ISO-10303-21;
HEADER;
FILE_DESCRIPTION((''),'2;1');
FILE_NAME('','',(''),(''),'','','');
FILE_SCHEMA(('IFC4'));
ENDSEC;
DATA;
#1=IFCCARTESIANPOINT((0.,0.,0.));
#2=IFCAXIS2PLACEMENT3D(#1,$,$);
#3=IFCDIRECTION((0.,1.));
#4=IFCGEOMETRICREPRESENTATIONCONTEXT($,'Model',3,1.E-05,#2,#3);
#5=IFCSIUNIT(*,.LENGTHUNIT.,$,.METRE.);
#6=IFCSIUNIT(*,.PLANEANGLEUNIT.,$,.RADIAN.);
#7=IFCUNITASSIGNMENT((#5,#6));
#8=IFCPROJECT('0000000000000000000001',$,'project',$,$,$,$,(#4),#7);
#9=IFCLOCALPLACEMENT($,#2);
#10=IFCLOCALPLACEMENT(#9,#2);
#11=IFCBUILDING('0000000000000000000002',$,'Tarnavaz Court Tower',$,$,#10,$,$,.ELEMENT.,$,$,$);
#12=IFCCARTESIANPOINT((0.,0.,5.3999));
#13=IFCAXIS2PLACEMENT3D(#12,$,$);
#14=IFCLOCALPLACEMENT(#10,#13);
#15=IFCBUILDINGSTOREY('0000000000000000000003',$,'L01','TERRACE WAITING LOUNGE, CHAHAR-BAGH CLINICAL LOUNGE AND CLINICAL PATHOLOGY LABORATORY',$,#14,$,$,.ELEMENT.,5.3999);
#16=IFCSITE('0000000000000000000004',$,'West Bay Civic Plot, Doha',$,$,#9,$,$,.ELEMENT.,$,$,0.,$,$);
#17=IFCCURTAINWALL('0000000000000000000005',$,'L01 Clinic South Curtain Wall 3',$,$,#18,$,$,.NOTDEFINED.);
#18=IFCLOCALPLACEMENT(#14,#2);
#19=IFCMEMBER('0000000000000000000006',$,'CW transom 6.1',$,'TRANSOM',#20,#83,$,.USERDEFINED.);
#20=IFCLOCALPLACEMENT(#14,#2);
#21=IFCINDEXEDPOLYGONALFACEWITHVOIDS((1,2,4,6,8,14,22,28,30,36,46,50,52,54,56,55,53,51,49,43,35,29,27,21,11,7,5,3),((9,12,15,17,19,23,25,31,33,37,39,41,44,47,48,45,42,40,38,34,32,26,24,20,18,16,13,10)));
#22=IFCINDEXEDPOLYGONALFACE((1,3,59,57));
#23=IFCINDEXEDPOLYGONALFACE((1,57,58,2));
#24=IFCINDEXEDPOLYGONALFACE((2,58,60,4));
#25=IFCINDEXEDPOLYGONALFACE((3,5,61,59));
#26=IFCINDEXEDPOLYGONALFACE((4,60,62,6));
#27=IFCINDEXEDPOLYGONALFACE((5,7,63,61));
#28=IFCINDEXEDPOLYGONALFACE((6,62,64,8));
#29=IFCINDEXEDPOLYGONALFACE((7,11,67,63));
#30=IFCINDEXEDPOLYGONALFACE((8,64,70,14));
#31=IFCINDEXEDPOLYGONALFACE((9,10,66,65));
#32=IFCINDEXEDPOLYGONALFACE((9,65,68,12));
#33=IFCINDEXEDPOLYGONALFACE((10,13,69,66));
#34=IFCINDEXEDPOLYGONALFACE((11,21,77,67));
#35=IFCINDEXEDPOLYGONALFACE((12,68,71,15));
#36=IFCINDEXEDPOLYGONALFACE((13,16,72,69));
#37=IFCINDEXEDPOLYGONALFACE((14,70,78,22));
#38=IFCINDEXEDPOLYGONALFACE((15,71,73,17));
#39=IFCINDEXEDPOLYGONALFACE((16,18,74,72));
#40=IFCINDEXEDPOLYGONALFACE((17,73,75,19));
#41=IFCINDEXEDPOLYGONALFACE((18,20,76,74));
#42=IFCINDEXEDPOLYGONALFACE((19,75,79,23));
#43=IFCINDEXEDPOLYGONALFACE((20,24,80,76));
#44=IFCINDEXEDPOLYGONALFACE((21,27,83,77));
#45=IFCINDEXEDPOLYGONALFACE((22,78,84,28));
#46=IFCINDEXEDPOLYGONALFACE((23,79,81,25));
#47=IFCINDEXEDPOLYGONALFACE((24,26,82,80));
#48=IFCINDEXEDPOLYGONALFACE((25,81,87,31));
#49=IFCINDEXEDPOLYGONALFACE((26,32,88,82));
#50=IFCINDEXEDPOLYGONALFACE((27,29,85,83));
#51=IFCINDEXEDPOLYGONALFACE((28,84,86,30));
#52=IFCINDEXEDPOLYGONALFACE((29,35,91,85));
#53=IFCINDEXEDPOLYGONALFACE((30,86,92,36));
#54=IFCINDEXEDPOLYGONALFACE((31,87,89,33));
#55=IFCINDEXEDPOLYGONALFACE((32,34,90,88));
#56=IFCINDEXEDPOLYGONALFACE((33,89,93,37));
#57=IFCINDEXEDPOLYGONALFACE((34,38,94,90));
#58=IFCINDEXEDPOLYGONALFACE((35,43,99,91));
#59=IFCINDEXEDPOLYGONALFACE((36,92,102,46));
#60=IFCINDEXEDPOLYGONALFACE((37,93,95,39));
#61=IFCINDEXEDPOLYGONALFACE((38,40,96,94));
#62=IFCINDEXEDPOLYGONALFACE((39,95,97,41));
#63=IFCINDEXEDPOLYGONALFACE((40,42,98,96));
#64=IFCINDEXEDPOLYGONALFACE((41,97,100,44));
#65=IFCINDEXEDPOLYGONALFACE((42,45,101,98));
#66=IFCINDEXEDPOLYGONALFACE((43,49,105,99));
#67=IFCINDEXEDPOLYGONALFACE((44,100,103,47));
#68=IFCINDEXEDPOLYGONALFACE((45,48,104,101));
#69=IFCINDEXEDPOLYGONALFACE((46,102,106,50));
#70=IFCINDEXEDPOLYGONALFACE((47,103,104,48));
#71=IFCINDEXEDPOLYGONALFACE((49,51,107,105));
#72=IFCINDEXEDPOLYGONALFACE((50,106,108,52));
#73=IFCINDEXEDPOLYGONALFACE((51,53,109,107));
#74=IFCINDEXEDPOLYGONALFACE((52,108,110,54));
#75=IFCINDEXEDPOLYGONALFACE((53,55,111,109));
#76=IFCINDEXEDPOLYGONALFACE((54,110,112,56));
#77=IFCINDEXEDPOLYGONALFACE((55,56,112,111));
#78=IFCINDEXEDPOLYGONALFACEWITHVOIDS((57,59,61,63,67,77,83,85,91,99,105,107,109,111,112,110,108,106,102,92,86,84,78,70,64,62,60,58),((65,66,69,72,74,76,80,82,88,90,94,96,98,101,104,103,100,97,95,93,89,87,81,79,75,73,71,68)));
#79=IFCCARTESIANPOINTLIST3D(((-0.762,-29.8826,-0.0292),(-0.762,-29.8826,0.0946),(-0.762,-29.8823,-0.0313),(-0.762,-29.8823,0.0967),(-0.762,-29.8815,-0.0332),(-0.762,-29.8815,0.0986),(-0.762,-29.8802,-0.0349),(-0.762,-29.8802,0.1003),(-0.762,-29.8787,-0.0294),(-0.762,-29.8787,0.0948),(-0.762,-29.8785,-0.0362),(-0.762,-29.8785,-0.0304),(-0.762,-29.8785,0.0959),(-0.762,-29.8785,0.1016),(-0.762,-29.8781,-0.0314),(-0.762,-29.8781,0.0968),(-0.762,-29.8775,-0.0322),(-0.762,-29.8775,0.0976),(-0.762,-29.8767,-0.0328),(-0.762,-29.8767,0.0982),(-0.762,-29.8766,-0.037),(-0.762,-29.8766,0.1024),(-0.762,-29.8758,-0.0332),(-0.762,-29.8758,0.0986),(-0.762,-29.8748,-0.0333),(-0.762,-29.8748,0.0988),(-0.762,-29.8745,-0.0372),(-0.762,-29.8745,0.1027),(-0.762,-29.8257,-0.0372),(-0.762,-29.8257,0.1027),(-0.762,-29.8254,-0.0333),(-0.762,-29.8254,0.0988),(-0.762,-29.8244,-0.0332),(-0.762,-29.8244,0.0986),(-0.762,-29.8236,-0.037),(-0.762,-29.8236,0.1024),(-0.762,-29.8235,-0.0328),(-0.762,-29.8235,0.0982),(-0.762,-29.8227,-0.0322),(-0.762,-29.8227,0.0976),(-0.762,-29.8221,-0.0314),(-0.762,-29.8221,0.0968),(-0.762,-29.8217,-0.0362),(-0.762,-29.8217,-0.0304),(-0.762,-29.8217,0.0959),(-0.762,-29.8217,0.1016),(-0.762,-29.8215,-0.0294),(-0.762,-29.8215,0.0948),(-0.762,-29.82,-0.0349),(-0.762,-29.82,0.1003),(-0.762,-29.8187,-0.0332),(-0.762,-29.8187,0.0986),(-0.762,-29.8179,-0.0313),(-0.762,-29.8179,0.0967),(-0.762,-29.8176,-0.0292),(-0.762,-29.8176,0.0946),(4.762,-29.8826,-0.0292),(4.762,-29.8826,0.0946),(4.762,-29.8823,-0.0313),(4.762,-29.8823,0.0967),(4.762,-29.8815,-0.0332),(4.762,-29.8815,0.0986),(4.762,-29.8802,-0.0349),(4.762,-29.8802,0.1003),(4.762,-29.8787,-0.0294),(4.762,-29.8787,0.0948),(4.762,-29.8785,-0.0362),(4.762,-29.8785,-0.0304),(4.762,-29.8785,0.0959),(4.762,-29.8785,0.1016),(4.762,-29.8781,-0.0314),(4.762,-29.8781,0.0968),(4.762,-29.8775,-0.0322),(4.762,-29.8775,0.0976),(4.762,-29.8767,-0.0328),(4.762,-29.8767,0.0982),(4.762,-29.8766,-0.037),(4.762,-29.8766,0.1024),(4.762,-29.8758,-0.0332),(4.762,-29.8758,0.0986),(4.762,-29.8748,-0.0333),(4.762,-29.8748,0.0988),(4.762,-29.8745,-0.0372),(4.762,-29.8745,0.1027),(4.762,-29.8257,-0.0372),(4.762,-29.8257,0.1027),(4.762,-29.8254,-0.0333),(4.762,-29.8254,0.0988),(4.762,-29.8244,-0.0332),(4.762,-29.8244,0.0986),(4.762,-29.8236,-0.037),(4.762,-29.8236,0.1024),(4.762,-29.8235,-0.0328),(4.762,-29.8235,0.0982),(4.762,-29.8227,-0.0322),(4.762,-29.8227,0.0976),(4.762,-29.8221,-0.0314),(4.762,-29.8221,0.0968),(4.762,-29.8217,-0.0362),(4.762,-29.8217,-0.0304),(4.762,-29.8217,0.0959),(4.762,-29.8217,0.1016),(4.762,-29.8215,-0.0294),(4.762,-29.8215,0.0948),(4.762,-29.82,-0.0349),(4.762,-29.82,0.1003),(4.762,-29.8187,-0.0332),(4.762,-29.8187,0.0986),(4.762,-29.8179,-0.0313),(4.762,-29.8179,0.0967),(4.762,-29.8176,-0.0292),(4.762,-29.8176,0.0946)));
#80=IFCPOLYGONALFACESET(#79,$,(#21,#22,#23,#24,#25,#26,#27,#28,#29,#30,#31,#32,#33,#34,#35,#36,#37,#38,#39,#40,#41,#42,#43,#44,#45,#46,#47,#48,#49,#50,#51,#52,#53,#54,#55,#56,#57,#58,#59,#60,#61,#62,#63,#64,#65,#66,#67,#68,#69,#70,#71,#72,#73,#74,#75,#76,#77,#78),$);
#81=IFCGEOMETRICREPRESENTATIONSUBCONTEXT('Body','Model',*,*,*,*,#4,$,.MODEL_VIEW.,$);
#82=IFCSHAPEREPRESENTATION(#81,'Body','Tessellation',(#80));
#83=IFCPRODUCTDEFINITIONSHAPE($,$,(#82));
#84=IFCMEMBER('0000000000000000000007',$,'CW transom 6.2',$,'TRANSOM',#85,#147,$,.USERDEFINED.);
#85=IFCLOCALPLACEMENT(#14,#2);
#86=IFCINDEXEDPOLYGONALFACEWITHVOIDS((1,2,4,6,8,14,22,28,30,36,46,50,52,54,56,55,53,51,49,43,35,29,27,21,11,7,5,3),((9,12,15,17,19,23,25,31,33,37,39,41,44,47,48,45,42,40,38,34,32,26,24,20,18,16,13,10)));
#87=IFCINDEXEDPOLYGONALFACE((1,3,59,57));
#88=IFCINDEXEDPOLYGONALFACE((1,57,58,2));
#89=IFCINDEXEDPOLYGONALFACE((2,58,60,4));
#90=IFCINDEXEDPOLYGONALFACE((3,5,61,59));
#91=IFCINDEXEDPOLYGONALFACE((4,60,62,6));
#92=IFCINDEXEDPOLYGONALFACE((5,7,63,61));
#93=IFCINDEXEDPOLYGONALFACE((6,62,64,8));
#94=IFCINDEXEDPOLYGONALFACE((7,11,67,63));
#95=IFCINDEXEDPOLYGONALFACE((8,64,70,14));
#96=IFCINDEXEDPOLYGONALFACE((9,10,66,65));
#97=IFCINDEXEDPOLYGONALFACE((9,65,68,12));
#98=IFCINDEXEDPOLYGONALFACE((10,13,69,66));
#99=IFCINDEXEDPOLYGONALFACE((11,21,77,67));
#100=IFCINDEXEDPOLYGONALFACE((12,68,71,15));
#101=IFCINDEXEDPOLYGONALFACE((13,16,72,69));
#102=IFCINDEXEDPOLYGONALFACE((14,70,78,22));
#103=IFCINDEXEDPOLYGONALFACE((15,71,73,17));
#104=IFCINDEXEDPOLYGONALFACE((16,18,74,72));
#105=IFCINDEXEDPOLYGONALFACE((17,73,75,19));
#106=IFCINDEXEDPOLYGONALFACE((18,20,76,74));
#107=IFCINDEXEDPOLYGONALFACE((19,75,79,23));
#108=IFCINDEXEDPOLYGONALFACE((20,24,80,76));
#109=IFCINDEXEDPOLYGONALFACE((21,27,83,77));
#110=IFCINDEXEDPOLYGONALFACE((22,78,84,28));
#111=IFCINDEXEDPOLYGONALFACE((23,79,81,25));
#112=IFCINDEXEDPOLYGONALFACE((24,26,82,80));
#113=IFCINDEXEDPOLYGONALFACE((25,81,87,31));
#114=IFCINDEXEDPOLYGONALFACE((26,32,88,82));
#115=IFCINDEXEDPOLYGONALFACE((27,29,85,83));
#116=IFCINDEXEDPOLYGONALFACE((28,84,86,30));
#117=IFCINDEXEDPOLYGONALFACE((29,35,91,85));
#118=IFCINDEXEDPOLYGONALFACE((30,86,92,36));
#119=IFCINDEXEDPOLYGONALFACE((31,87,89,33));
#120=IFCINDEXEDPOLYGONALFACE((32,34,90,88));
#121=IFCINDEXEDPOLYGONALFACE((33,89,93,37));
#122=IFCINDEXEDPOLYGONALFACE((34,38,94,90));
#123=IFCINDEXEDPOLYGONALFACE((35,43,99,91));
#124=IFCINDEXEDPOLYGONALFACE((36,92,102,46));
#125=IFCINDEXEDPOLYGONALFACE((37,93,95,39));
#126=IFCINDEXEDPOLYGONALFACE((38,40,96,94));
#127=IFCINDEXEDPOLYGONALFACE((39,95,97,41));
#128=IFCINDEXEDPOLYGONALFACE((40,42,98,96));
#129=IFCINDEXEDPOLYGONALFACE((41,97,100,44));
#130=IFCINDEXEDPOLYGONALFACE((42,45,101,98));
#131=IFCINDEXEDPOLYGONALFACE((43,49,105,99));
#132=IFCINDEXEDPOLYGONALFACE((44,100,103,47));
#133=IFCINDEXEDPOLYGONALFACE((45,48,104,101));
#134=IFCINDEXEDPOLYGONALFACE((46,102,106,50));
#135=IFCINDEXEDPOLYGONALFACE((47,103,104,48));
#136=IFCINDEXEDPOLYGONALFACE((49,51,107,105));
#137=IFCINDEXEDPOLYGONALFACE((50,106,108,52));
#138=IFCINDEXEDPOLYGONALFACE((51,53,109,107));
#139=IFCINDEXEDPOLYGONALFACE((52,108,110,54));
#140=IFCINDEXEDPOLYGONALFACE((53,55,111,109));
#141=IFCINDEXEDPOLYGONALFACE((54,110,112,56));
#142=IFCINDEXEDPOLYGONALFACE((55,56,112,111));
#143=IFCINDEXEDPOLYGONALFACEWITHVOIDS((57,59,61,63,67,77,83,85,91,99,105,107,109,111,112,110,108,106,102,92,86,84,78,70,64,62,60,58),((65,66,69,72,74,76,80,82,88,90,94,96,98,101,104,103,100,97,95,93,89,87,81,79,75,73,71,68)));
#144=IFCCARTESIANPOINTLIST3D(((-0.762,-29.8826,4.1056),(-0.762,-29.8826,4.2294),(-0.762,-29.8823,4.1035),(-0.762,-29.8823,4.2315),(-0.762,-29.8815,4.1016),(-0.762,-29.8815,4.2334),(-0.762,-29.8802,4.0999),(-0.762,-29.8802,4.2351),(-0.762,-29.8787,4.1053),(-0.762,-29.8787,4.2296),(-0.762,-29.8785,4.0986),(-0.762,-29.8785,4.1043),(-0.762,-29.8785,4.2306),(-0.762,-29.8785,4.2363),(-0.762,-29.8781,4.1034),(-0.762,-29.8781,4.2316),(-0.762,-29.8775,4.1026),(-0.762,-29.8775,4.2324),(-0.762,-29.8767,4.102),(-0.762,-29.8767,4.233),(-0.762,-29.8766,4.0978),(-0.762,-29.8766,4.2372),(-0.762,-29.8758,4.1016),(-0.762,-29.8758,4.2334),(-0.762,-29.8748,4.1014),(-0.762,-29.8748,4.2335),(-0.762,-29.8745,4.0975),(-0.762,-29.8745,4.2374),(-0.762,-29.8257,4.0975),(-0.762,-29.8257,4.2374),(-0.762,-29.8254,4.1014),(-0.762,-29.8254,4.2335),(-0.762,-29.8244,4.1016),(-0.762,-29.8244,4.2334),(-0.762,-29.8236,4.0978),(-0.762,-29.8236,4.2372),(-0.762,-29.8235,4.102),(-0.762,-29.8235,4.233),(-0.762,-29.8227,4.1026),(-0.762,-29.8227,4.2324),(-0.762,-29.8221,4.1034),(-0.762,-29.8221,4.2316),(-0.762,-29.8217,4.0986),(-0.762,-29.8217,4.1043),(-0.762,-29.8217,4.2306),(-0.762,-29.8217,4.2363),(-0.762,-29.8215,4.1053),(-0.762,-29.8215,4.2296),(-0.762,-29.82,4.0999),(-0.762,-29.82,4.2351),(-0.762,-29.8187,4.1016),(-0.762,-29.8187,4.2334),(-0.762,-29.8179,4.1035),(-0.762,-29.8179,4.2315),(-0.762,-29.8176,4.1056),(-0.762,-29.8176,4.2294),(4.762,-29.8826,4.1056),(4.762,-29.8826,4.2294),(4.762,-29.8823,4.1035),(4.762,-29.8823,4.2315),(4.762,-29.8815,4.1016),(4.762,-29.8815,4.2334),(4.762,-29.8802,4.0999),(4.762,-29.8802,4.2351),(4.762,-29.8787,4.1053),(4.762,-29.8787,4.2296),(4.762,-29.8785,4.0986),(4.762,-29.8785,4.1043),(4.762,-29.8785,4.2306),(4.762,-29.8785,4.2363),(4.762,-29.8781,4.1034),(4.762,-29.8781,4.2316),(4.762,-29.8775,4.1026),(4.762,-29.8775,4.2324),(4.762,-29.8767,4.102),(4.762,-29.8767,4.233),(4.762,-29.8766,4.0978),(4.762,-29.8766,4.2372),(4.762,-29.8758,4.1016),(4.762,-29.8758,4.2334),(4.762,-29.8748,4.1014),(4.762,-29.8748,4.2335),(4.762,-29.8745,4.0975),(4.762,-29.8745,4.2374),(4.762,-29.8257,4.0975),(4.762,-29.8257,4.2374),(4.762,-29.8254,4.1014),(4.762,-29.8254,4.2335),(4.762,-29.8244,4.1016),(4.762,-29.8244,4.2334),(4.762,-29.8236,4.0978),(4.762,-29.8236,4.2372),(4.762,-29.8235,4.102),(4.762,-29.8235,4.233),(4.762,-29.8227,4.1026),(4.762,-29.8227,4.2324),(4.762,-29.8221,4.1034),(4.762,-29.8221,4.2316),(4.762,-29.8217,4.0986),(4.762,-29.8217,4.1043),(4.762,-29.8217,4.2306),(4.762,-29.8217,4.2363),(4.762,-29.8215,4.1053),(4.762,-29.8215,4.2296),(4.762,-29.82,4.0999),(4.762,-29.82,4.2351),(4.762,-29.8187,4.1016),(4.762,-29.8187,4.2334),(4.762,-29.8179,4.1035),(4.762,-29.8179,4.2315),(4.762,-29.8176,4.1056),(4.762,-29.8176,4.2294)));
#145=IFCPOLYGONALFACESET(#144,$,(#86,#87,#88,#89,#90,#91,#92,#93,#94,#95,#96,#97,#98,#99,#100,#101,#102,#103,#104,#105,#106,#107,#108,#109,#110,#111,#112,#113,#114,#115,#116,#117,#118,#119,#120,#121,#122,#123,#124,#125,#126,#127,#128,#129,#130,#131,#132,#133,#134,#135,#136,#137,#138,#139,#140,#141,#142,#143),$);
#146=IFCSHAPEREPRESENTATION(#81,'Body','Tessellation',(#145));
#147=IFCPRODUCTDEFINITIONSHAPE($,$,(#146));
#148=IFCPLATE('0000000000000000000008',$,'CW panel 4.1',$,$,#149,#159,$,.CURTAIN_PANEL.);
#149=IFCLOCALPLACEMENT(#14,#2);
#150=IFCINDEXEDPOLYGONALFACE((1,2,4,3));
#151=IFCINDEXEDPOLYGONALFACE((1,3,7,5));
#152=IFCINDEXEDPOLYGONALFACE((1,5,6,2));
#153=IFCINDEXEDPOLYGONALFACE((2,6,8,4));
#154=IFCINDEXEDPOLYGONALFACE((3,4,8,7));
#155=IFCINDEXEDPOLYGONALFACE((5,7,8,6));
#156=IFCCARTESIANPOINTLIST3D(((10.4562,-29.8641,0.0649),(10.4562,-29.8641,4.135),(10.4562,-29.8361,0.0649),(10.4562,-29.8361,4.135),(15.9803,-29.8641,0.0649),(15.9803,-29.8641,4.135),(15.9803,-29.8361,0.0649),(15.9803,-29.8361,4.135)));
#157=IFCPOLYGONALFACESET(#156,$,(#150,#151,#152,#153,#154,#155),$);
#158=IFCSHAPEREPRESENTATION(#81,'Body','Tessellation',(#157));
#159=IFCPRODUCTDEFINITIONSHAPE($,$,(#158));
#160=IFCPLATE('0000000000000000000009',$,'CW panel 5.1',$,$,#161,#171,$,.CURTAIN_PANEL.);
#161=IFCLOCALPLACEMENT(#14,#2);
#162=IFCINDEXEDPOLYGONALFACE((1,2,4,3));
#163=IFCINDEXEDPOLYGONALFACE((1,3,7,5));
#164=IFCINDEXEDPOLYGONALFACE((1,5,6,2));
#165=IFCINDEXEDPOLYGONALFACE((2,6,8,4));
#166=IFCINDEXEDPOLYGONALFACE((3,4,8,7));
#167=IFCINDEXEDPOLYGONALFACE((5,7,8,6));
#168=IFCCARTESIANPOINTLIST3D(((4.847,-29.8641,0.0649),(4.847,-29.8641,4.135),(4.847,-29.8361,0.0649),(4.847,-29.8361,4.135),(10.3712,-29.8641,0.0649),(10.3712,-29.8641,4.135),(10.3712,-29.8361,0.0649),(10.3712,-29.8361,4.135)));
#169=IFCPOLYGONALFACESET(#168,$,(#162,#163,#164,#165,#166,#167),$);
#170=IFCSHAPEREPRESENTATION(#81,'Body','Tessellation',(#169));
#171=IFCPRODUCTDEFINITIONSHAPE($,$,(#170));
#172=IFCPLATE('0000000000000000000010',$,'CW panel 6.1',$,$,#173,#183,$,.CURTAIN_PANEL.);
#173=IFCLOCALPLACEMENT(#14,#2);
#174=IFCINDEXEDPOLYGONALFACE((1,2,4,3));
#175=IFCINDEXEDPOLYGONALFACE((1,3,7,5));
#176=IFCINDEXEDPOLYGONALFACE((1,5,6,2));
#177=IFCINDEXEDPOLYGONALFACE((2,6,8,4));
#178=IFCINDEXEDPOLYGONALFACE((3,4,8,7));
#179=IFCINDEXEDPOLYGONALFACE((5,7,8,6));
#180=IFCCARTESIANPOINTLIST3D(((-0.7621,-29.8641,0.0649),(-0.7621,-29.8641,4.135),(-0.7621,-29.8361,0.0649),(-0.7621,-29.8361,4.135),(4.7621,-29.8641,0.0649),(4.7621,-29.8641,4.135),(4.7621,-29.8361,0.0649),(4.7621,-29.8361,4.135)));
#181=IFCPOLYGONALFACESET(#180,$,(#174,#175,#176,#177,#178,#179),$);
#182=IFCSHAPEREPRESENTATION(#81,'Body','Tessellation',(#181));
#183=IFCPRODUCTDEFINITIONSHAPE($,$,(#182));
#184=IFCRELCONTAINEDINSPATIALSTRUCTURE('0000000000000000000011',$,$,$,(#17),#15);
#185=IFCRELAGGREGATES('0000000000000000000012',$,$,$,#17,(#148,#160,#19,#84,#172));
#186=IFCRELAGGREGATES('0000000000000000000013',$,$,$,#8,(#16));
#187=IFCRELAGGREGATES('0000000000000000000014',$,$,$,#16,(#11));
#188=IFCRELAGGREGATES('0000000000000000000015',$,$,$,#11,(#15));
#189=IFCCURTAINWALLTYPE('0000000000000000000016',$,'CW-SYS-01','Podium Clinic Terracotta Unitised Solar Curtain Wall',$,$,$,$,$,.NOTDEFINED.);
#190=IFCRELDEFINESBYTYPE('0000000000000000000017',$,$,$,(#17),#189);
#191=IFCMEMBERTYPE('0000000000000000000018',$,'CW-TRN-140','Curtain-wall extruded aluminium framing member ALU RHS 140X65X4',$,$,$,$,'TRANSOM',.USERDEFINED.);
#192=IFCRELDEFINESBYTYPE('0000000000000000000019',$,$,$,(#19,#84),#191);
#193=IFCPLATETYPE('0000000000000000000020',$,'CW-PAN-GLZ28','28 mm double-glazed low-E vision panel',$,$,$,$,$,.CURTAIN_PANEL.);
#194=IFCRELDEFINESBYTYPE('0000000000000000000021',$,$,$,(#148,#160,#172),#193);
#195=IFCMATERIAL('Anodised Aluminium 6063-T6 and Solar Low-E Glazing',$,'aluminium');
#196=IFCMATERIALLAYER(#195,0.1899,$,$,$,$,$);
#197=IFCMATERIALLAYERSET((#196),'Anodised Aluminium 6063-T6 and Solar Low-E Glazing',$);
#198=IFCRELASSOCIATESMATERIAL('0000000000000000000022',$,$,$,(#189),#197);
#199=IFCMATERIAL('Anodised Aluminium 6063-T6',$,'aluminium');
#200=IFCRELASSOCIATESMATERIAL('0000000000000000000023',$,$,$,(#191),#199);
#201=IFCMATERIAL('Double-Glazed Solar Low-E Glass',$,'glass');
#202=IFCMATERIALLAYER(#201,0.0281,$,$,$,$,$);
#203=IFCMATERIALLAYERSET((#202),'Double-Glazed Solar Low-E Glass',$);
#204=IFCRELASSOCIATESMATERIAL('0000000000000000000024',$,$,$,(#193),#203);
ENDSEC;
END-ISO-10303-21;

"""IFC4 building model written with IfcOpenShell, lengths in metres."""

from ifc_helpers import new_model, si_unit, direction, frame, origin, origin_2d, place, context, subcontext, project, spatial, rectangle, hollow_rectangle, extrude, material, layer, layer_set, material_profile, profile_set, type_object, element, aggregate, save


model = new_model("IFC4")

# Units and contexts
model_context = context("Model", 3, precision=1e-05, world=origin(), true_north=direction((0.0, 1.0)))
body_context = subcontext(model_context, "Body", "Model", "MODEL_VIEW")
ifc_project = project(units=[si_unit("LENGTHUNIT", "METRE"), si_unit("PLANEANGLEUNIT", "RADIAN")], contexts=[model_context])

# Site, building, storey
site_placement = place(None, origin())
site = spatial("IfcSite", under=ifc_project, at=site_placement, Name="West Bay Civic Plot, Doha", CompositionType="ELEMENT", RefElevation=0.0)
building_placement = place(site_placement, origin())
building = spatial("IfcBuilding", under=site, at=building_placement, Name="Tarnavaz Court Tower", CompositionType="ELEMENT")
storey_placement = place(building_placement, frame((0.0, 0.0, 5.3999)))
storey = spatial("IfcBuildingStorey", under=building, at=storey_placement, Name="L01", Description="TERRACE WAITING LOUNGE, CHAHAR-BAGH CLINICAL LOUNGE AND CLINICAL PATHOLOGY LABORATORY", CompositionType="ELEMENT", Elevation=5.3999)

# Curtain wall, members, plates
ifc_material_1 = material(Name="Anodised Aluminium 6063-T6 and Solar Low-E Glazing", Category="aluminium")
ifc_layer_1 = layer(ifc_material_1, 0.1899)
ifc_layer_set_1 = layer_set([ifc_layer_1], Name="Anodised Aluminium 6063-T6 and Solar Low-E Glazing")
curtain_wall_type = type_object("IfcCurtainWallType", Name="CW-SYS-01", Description="Podium Clinic Terracotta Unitised Solar Curtain Wall", PredefinedType="NOTDEFINED", material=ifc_layer_set_1)
curtain_wall_placement = place(storey_placement, origin())
curtain_wall = element("IfcCurtainWall", 1, at=curtain_wall_placement, inside=storey, type_object=curtain_wall_type, Name="L01 Clinic South Curtain Wall 3", PredefinedType="NOTDEFINED")
ifc_material_2 = material(Name="Anodised Aluminium 6063-T6", Category="aluminium")
ifc_material_profile_1 = material_profile(ifc_material_2, hollow_rectangle(XDim=0.0649, YDim=0.1399, WallThickness=0.0039, InnerFilletRadius=0.0039, OuterFilletRadius=0.0081, at=origin_2d()), Name="ALU RHS 140X65X4")
ifc_profile_set_1 = profile_set([ifc_material_profile_1], Name="Anodised Aluminium 6063-T6")
member_type_1 = type_object("IfcMemberType", Name="CW-TRN-140", Description="Curtain-wall extruded aluminium framing member ALU RHS 140X65X4", ElementType="TRANSOM", PredefinedType="USERDEFINED", material=ifc_profile_set_1)
member_1_placement = place(storey_placement, frame((4.762, -29.8501, 0.0327), z_axis=(-1.0, 0.0, 0.0), x_axis=(0.0, -1.0, 0.0)))
member_1 = element("IfcMember", 2, at=member_1_placement, type_object=member_type_1, Name="CW transom 6.1", ObjectType="TRANSOM", PredefinedType="USERDEFINED", context=body_context, shape_type="SweptSolid", body=[
    extrude(hollow_rectangle(XDim=0.0649, YDim=0.1399, WallThickness=0.0039, InnerFilletRadius=0.0039, OuterFilletRadius=0.0081, at=origin_2d()), origin(), (0.0, 0.0, 1.0), 5.5239),
])
member_2_placement = place(storey_placement, frame((4.762, -29.8501, 4.1675), z_axis=(-1.0, 0.0, 0.0), x_axis=(0.0, -1.0, 0.0)))
member_2 = element("IfcMember", 3, at=member_2_placement, type_object=member_type_1, Name="CW transom 6.2", ObjectType="TRANSOM", PredefinedType="USERDEFINED", context=body_context, shape_type="SweptSolid", body=[
    extrude(hollow_rectangle(XDim=0.0649, YDim=0.1399, WallThickness=0.0039, InnerFilletRadius=0.0039, OuterFilletRadius=0.0081, at=origin_2d()), origin(), (0.0, 0.0, 1.0), 5.5239),
])
ifc_material_3 = material(Name="Double-Glazed Solar Low-E Glass", Category="glass")
ifc_layer_2 = layer(ifc_material_3, 0.0281)
ifc_layer_set_2 = layer_set([ifc_layer_2], Name="Double-Glazed Solar Low-E Glass")
plate_type = type_object("IfcPlateType", Name="CW-PAN-GLZ28", Description="28 mm double-glazed low-E vision panel", PredefinedType="CURTAIN_PANEL", material=ifc_layer_set_2)
plate_1_placement = place(storey_placement, frame((13.2183, -29.8501, 0.0649), z_axis=(0.0, 0.0, 1.0), x_axis=(-1.0, 0.0, 0.0)))
plate_1 = element("IfcPlate", 4, at=plate_1_placement, type_object=plate_type, Name="CW panel 4.1", PredefinedType="CURTAIN_PANEL", context=body_context, shape_type="SweptSolid", body=[
    extrude(rectangle(XDim=5.5242, YDim=0.0281, at=origin_2d()), origin(), (0.0, 0.0, 1.0), 4.0701),
])
plate_2_placement = place(storey_placement, frame((7.6091, -29.8501, 0.0649), z_axis=(0.0, 0.0, 1.0), x_axis=(-1.0, 0.0, 0.0)))
plate_2 = element("IfcPlate", 5, at=plate_2_placement, type_object=plate_type, Name="CW panel 5.1", PredefinedType="CURTAIN_PANEL", context=body_context, shape_type="SweptSolid", body=[
    extrude(rectangle(XDim=5.5242, YDim=0.0281, at=origin_2d()), origin(), (0.0, 0.0, 1.0), 4.0701),
])
plate_3_placement = place(storey_placement, frame((2.0, -29.8501, 0.0649), z_axis=(0.0, 0.0, 1.0), x_axis=(-1.0, 0.0, 0.0)))
plate_3 = element("IfcPlate", 6, at=plate_3_placement, type_object=plate_type, Name="CW panel 6.1", PredefinedType="CURTAIN_PANEL", context=body_context, shape_type="SweptSolid", body=[
    extrude(rectangle(XDim=5.5242, YDim=0.0281, at=origin_2d()), origin(), (0.0, 0.0, 1.0), 4.0701),
])
aggregate(curtain_wall, [plate_1, plate_2, member_1, member_2, plate_3])

save(model, "model.ifc")
